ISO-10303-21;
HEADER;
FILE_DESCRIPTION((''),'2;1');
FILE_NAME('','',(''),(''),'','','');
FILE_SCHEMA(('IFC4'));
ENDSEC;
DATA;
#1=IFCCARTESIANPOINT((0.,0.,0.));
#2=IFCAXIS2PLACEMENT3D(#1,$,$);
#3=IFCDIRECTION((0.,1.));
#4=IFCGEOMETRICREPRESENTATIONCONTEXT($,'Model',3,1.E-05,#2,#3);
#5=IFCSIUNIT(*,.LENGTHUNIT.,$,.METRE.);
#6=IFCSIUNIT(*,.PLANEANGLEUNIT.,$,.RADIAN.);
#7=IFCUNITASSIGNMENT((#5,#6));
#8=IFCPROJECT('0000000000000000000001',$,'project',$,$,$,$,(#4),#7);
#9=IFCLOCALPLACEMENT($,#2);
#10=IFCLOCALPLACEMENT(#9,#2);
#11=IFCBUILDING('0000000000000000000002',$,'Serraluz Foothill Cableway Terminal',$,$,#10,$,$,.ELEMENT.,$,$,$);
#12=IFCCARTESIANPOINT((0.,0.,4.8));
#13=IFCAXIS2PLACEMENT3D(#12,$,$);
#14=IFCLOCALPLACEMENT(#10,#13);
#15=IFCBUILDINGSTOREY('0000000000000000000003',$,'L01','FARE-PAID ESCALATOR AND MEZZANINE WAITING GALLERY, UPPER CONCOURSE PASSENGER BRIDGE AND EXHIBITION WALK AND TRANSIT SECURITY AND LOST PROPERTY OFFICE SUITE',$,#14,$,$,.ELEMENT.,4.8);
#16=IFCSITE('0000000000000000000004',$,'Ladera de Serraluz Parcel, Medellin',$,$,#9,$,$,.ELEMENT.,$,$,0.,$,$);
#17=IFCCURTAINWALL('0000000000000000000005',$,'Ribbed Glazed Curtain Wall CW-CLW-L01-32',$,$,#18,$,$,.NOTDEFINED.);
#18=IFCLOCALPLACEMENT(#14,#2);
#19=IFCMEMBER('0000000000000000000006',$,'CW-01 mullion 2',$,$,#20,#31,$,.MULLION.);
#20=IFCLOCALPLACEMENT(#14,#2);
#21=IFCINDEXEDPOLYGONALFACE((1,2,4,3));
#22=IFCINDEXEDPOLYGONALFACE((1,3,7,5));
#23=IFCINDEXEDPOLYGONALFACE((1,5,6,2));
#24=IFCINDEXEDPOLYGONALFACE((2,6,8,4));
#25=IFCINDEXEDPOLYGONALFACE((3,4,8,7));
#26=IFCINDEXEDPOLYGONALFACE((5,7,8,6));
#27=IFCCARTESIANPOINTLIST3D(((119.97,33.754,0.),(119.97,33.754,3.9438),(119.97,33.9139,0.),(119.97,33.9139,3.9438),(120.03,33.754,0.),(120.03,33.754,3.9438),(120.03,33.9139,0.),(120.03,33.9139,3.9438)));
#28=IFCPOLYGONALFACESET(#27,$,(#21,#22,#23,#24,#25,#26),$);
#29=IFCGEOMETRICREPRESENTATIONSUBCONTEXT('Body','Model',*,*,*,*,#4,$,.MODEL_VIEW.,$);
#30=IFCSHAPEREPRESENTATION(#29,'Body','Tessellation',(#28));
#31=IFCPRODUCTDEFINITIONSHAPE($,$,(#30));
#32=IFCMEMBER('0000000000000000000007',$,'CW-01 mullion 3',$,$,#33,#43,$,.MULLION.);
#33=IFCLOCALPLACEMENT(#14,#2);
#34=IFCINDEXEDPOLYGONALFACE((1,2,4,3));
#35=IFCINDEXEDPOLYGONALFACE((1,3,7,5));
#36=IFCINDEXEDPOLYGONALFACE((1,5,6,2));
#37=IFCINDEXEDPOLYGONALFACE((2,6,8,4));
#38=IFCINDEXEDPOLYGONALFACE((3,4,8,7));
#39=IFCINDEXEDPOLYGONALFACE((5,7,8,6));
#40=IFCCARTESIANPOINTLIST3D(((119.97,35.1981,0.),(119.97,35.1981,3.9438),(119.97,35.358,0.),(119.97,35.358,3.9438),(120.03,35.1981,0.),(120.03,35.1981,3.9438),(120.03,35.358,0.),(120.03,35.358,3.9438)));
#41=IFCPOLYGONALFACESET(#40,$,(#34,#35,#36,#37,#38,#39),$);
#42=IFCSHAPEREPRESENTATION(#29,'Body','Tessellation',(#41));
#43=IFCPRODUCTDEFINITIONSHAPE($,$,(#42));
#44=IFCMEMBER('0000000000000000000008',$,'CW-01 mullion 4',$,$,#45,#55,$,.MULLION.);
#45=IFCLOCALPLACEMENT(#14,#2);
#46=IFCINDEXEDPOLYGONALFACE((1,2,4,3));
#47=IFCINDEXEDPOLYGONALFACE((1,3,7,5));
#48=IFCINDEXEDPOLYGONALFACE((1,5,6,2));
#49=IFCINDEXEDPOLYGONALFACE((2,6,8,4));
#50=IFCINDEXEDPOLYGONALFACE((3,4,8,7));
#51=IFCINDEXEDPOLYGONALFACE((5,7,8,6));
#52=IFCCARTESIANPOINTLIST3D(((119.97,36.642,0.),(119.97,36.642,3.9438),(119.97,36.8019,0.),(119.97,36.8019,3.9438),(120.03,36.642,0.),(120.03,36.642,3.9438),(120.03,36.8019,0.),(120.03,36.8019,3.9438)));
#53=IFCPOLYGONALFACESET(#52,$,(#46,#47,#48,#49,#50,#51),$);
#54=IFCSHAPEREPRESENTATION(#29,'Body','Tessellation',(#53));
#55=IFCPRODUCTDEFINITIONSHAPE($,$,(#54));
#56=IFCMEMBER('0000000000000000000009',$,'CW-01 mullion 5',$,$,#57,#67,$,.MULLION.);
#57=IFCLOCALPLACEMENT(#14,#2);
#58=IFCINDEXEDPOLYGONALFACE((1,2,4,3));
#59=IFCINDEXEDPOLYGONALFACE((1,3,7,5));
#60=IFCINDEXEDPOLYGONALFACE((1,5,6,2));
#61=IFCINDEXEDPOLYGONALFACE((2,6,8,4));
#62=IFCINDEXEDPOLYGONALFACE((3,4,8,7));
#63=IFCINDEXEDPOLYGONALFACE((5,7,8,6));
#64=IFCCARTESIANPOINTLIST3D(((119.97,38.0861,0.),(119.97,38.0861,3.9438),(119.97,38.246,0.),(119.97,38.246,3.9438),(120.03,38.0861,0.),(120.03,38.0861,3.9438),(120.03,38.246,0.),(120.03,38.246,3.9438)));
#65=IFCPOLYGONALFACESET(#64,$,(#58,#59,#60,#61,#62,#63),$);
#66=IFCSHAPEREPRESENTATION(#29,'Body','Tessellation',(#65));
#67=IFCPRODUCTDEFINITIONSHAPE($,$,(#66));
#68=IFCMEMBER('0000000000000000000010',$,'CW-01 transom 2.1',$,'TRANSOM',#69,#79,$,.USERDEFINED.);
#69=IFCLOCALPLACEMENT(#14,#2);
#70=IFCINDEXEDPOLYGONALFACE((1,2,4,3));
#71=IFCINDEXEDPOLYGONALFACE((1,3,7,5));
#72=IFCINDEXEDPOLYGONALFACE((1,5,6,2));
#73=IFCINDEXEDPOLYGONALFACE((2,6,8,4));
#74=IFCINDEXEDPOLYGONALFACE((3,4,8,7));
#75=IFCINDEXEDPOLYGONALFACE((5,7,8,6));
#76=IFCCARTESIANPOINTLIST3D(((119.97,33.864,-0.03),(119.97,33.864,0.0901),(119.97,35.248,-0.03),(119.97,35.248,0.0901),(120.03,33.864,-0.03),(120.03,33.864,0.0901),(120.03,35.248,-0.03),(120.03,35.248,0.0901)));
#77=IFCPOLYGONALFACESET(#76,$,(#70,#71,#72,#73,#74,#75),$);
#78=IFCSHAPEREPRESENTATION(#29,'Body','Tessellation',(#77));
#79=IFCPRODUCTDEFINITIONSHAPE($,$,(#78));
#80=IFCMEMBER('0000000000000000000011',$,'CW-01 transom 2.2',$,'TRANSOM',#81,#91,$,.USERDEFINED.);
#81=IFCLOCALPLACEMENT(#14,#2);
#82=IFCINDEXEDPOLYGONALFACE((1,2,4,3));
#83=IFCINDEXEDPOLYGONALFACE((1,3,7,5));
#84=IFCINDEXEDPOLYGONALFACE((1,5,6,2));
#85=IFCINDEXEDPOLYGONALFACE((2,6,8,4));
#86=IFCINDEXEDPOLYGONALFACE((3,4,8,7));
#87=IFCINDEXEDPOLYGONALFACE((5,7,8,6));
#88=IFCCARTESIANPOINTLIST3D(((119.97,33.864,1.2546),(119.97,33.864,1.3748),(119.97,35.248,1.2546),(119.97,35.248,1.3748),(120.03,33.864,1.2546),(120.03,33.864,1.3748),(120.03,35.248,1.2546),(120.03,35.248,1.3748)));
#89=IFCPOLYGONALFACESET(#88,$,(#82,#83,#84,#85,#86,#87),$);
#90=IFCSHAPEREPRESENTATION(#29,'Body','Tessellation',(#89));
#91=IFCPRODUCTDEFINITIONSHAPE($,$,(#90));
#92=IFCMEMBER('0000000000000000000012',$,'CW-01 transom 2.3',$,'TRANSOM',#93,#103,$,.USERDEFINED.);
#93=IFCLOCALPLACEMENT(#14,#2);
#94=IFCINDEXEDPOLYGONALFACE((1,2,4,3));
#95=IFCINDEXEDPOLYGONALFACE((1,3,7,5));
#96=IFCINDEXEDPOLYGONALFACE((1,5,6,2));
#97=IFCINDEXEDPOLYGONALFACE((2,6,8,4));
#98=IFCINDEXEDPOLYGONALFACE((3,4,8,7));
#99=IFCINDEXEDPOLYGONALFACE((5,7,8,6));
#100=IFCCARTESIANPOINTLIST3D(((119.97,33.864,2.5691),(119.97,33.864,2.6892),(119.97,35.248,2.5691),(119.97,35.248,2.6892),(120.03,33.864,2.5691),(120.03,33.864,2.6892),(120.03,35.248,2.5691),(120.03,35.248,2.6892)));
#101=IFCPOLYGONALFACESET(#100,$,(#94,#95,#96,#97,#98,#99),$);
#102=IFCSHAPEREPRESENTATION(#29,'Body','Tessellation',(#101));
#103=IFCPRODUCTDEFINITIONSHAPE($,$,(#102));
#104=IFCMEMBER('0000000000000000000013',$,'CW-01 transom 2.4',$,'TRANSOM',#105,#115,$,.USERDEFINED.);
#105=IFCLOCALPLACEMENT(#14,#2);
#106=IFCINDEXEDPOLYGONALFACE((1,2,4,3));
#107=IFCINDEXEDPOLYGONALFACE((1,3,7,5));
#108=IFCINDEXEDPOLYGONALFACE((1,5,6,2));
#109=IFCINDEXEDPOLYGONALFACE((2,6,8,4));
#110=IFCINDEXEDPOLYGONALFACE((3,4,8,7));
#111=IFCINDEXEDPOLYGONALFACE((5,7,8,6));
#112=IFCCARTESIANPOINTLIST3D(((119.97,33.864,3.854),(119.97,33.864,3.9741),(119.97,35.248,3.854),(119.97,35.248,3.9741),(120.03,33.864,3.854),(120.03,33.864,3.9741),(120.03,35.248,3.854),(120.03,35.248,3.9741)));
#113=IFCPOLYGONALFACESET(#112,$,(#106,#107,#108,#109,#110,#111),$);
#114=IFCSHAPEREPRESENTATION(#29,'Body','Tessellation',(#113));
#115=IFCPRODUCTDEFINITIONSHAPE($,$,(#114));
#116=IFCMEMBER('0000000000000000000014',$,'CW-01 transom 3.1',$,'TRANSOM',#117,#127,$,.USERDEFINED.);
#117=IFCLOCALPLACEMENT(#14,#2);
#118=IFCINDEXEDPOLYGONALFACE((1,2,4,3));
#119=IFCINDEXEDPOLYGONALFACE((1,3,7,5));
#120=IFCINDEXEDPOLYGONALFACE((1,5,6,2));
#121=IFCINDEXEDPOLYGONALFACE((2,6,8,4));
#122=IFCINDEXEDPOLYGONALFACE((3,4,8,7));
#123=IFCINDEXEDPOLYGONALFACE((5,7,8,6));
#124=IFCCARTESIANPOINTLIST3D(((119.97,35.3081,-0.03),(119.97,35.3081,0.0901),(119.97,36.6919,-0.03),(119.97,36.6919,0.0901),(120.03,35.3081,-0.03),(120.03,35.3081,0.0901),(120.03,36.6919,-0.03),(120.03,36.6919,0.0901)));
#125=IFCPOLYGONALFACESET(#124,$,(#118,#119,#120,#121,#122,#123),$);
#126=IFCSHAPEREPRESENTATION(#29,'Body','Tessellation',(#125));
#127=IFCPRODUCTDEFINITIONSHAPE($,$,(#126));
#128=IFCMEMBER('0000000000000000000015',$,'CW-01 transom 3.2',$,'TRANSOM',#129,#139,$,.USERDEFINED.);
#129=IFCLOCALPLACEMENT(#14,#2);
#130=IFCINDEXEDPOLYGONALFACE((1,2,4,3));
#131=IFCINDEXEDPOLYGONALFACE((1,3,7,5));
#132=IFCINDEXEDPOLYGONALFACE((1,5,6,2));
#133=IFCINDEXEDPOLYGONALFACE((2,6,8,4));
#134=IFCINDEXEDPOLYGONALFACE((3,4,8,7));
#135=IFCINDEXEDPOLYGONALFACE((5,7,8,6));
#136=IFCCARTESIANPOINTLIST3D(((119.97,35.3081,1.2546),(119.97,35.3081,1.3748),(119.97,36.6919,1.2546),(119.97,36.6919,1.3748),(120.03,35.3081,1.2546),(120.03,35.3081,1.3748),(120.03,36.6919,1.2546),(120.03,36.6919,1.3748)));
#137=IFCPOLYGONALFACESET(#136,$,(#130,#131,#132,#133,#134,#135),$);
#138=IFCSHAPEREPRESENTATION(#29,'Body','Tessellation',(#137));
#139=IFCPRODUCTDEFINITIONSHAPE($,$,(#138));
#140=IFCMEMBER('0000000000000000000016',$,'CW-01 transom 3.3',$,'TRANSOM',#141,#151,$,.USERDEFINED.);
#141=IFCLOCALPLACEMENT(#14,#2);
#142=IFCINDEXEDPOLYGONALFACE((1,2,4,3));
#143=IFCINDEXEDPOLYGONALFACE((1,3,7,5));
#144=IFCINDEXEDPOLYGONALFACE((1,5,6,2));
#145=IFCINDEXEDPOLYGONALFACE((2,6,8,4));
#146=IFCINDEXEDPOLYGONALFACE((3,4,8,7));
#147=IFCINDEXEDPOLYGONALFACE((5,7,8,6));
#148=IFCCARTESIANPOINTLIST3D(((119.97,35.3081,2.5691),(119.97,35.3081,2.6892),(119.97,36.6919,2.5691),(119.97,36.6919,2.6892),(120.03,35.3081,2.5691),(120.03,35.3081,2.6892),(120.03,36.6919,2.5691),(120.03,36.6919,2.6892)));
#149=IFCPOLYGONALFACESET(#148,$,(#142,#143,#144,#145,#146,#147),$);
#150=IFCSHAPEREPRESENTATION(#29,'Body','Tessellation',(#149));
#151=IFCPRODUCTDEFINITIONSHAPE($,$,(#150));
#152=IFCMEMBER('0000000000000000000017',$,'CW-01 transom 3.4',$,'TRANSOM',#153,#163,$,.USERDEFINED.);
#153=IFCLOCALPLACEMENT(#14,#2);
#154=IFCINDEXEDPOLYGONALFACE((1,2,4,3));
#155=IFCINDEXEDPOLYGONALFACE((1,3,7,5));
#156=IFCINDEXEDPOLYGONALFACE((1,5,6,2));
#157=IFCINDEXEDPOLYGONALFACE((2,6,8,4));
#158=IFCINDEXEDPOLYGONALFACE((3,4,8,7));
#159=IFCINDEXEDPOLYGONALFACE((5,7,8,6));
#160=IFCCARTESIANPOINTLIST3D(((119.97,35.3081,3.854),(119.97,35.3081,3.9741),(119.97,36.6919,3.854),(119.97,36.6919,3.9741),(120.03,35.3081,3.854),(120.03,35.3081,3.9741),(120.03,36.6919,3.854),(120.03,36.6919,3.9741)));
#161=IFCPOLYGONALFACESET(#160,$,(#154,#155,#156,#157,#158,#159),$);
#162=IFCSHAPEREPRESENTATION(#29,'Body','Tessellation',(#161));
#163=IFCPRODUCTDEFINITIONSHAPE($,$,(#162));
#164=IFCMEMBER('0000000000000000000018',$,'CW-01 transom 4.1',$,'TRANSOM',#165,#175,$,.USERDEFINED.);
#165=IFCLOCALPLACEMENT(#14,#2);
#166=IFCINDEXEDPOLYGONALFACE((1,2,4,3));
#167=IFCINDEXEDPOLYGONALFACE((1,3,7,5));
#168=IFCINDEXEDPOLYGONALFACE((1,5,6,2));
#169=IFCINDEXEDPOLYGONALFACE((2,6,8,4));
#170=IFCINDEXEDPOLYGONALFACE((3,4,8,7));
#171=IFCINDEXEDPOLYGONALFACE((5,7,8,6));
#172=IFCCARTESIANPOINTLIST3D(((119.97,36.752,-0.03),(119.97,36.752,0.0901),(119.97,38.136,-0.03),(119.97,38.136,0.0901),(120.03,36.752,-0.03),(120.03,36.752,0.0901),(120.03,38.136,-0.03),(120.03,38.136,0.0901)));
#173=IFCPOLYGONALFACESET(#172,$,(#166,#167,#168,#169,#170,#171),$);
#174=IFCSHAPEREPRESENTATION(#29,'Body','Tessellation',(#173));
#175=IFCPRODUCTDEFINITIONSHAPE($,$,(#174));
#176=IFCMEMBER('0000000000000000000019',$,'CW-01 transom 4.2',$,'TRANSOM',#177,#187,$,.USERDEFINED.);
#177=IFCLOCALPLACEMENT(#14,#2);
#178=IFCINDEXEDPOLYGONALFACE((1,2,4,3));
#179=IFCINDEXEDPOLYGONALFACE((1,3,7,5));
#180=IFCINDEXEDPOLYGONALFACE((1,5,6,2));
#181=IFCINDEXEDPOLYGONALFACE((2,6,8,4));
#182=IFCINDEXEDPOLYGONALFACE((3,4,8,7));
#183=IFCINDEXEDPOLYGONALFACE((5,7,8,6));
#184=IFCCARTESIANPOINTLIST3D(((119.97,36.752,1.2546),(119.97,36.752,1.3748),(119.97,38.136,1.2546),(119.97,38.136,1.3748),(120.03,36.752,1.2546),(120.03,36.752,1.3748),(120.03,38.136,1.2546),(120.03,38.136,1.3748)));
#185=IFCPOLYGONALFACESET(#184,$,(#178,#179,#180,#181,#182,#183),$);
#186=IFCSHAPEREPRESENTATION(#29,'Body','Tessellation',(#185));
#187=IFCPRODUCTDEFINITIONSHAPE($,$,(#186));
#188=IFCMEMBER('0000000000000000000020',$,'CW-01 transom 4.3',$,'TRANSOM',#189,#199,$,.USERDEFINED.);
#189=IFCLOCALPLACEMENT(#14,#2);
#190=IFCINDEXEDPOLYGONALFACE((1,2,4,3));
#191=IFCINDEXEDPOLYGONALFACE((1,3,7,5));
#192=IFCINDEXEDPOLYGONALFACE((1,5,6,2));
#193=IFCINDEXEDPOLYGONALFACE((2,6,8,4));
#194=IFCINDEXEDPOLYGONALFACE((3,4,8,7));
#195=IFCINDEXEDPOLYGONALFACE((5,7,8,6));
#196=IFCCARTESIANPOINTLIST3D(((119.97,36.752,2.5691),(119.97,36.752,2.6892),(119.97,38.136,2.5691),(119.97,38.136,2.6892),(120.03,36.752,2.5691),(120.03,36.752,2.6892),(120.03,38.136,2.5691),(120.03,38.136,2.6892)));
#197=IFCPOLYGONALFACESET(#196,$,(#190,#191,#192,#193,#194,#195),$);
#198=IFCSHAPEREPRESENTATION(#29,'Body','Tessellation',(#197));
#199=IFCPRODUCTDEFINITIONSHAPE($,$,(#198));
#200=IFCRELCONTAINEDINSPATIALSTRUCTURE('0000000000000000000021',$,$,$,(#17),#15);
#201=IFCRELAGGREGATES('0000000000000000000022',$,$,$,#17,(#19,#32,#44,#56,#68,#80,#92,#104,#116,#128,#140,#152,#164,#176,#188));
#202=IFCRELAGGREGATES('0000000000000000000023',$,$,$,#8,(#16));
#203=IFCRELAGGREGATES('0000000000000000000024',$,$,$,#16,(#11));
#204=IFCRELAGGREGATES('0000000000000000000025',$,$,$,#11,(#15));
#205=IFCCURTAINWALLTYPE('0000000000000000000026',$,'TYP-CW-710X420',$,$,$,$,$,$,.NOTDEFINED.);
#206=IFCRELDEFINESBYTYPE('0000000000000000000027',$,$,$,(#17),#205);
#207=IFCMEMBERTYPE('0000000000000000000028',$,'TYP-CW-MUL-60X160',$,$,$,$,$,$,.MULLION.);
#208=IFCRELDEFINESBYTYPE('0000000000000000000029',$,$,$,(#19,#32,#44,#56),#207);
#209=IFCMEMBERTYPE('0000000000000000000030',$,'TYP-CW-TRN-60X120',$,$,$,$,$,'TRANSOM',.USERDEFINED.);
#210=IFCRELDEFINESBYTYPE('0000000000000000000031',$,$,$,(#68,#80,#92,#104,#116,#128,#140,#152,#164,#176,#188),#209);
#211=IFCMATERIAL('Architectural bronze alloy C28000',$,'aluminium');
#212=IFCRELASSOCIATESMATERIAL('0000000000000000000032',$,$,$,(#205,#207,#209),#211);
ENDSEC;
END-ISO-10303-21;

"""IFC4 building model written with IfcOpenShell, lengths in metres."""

from ifc_helpers import new_model, si_unit, direction, frame, origin, origin_2d, place, context, subcontext, project, spatial, rectangle, extrude, material, material_profile, profile_set, type_object, element, aggregate, save


model = new_model("IFC4")

# Units and contexts
model_context = context("Model", 3, precision=1e-05, world=origin(), true_north=direction((0.0, 1.0)))
body_context = subcontext(model_context, "Body", "Model", "MODEL_VIEW")
ifc_project = project(units=[si_unit("LENGTHUNIT", "METRE"), si_unit("PLANEANGLEUNIT", "RADIAN")], contexts=[model_context])

# Site, building, storey
site_placement = place(None, origin())
site = spatial("IfcSite", under=ifc_project, at=site_placement, Name="Ladera de Serraluz Parcel, Medellin", CompositionType="ELEMENT", RefElevation=0.0)
building_placement = place(site_placement, origin())
building = spatial("IfcBuilding", under=site, at=building_placement, Name="Serraluz Foothill Cableway Terminal", CompositionType="ELEMENT")
storey_placement = place(building_placement, frame((0.0, 0.0, 4.8)))
storey = spatial("IfcBuildingStorey", under=building, at=storey_placement, Name="L01", Description="FARE-PAID ESCALATOR AND MEZZANINE WAITING GALLERY, UPPER CONCOURSE PASSENGER BRIDGE AND EXHIBITION WALK AND TRANSIT SECURITY AND LOST PROPERTY OFFICE SUITE", CompositionType="ELEMENT", Elevation=4.8)

# Curtain wall, members
ifc_material_1 = material(Name="Architectural bronze alloy C28000", Category="aluminium")
curtain_wall_type = type_object("IfcCurtainWallType", Name="TYP-CW-710X420", PredefinedType="NOTDEFINED", material=ifc_material_1)
curtain_wall_placement = place(storey_placement, origin())
curtain_wall = element("IfcCurtainWall", 1, at=curtain_wall_placement, inside=storey, type_object=curtain_wall_type, Name="Ribbed Glazed Curtain Wall CW-CLW-L01-32", PredefinedType="NOTDEFINED")
ifc_material_profile_1 = material_profile(ifc_material_1, rectangle(XDim=0.0601, YDim=0.1599, at=origin_2d()), Name="ALU MULLION 60x160")
ifc_profile_set_1 = profile_set([ifc_material_profile_1], Name="Architectural bronze alloy C28000")
member_type_1 = type_object("IfcMemberType", Name="TYP-CW-MUL-60X160", PredefinedType="MULLION", material=ifc_profile_set_1)
member_1_placement = place(storey_placement, frame((120.0, 33.834, 0.0), z_axis=(0.0, 0.0, 1.0), x_axis=(-1.0, 0.0, 0.0)))
member_1 = element("IfcMember", 2, at=member_1_placement, type_object=member_type_1, Name="CW-01 mullion 2", PredefinedType="MULLION", context=body_context, shape_type="SweptSolid", body=[
    extrude(rectangle(XDim=0.0601, YDim=0.1599, at=origin_2d()), origin(), (0.0, 0.0, 1.0), 3.9438),
])
member_2_placement = place(storey_placement, frame((120.0, 35.2781, 0.0), z_axis=(0.0, 0.0, 1.0), x_axis=(-1.0, 0.0, 0.0)))
member_2 = element("IfcMember", 3, at=member_2_placement, type_object=member_type_1, Name="CW-01 mullion 3", PredefinedType="MULLION", context=body_context, shape_type="SweptSolid", body=[
    extrude(rectangle(XDim=0.0601, YDim=0.1599, at=origin_2d()), origin(), (0.0, 0.0, 1.0), 3.9438),
])
member_3_placement = place(storey_placement, frame((120.0, 36.7219, 0.0), z_axis=(0.0, 0.0, 1.0), x_axis=(-1.0, 0.0, 0.0)))
member_3 = element("IfcMember", 4, at=member_3_placement, type_object=member_type_1, Name="CW-01 mullion 4", PredefinedType="MULLION", context=body_context, shape_type="SweptSolid", body=[
    extrude(rectangle(XDim=0.0601, YDim=0.1599, at=origin_2d()), origin(), (0.0, 0.0, 1.0), 3.9438),
])
member_4_placement = place(storey_placement, frame((120.0, 38.166, 0.0), z_axis=(0.0, 0.0, 1.0), x_axis=(-1.0, 0.0, 0.0)))
member_4 = element("IfcMember", 5, at=member_4_placement, type_object=member_type_1, Name="CW-01 mullion 5", PredefinedType="MULLION", context=body_context, shape_type="SweptSolid", body=[
    extrude(rectangle(XDim=0.0601, YDim=0.1599, at=origin_2d()), origin(), (0.0, 0.0, 1.0), 3.9438),
])
ifc_material_profile_2 = material_profile(ifc_material_1, rectangle(XDim=0.0601, YDim=0.1201, at=origin_2d()), Name="ALU TRANSOM 60x120")
ifc_profile_set_2 = profile_set([ifc_material_profile_2], Name="Architectural bronze alloy C28000")
member_type_2 = type_object("IfcMemberType", Name="TYP-CW-TRN-60X120", ElementType="TRANSOM", PredefinedType="USERDEFINED", material=ifc_profile_set_2)
member_5_placement = place(storey_placement, frame((120.0, 33.864, 0.03), z_axis=(0.0, 1.0, 0.0), x_axis=(-1.0, 0.0, 0.0)))
member_5 = element("IfcMember", 6, at=member_5_placement, type_object=member_type_2, Name="CW-01 transom 2.1", ObjectType="TRANSOM", PredefinedType="USERDEFINED", context=body_context, shape_type="SweptSolid", body=[
    extrude(rectangle(XDim=0.0601, YDim=0.1201, at=origin_2d()), origin(), (0.0, 0.0, 1.0), 1.384),
])
member_6_placement = place(storey_placement, frame((120.0, 33.864, 1.3147), z_axis=(0.0, 1.0, 0.0), x_axis=(-1.0, 0.0, 0.0)))
member_6 = element("IfcMember", 7, at=member_6_placement, type_object=member_type_2, Name="CW-01 transom 2.2", ObjectType="TRANSOM", PredefinedType="USERDEFINED", context=body_context, shape_type="SweptSolid", body=[
    extrude(rectangle(XDim=0.0601, YDim=0.1201, at=origin_2d()), origin(), (0.0, 0.0, 1.0), 1.384),
])
member_7_placement = place(storey_placement, frame((120.0, 33.864, 2.6292), z_axis=(0.0, 1.0, 0.0), x_axis=(-1.0, 0.0, 0.0)))
member_7 = element("IfcMember", 8, at=member_7_placement, type_object=member_type_2, Name="CW-01 transom 2.3", ObjectType="TRANSOM", PredefinedType="USERDEFINED", context=body_context, shape_type="SweptSolid", body=[
    extrude(rectangle(XDim=0.0601, YDim=0.1201, at=origin_2d()), origin(), (0.0, 0.0, 1.0), 1.384),
])
member_8_placement = place(storey_placement, frame((120.0, 33.864, 3.9141), z_axis=(0.0, 1.0, 0.0), x_axis=(-1.0, 0.0, 0.0)))
member_8 = element("IfcMember", 9, at=member_8_placement, type_object=member_type_2, Name="CW-01 transom 2.4", ObjectType="TRANSOM", PredefinedType="USERDEFINED", context=body_context, shape_type="SweptSolid", body=[
    extrude(rectangle(XDim=0.0601, YDim=0.1201, at=origin_2d()), origin(), (0.0, 0.0, 1.0), 1.384),
])
member_9_placement = place(storey_placement, frame((120.0, 35.3081, 0.03), z_axis=(0.0, 1.0, 0.0), x_axis=(-1.0, 0.0, 0.0)))
member_9 = element("IfcMember", 10, at=member_9_placement, type_object=member_type_2, Name="CW-01 transom 3.1", ObjectType="TRANSOM", PredefinedType="USERDEFINED", context=body_context, shape_type="SweptSolid", body=[
    extrude(rectangle(XDim=0.0601, YDim=0.1201, at=origin_2d()), origin(), (0.0, 0.0, 1.0), 1.3838),
])
member_10_placement = place(storey_placement, frame((120.0, 35.3081, 1.3147), z_axis=(0.0, 1.0, 0.0), x_axis=(-1.0, 0.0, 0.0)))
member_10 = element("IfcMember", 11, at=member_10_placement, type_object=member_type_2, Name="CW-01 transom 3.2", ObjectType="TRANSOM", PredefinedType="USERDEFINED", context=body_context, shape_type="SweptSolid", body=[
    extrude(rectangle(XDim=0.0601, YDim=0.1201, at=origin_2d()), origin(), (0.0, 0.0, 1.0), 1.3838),
])
member_11_placement = place(storey_placement, frame((120.0, 35.3081, 2.6292), z_axis=(0.0, 1.0, 0.0), x_axis=(-1.0, 0.0, 0.0)))
member_11 = element("IfcMember", 12, at=member_11_placement, type_object=member_type_2, Name="CW-01 transom 3.3", ObjectType="TRANSOM", PredefinedType="USERDEFINED", context=body_context, shape_type="SweptSolid", body=[
    extrude(rectangle(XDim=0.0601, YDim=0.1201, at=origin_2d()), origin(), (0.0, 0.0, 1.0), 1.3838),
])
member_12_placement = place(storey_placement, frame((120.0, 35.3081, 3.9141), z_axis=(0.0, 1.0, 0.0), x_axis=(-1.0, 0.0, 0.0)))
member_12 = element("IfcMember", 13, at=member_12_placement, type_object=member_type_2, Name="CW-01 transom 3.4", ObjectType="TRANSOM", PredefinedType="USERDEFINED", context=body_context, shape_type="SweptSolid", body=[
    extrude(rectangle(XDim=0.0601, YDim=0.1201, at=origin_2d()), origin(), (0.0, 0.0, 1.0), 1.3838),
])
member_13_placement = place(storey_placement, frame((120.0, 36.752, 0.03), z_axis=(0.0, 1.0, 0.0), x_axis=(-1.0, 0.0, 0.0)))
member_13 = element("IfcMember", 14, at=member_13_placement, type_object=member_type_2, Name="CW-01 transom 4.1", ObjectType="TRANSOM", PredefinedType="USERDEFINED", context=body_context, shape_type="SweptSolid", body=[
    extrude(rectangle(XDim=0.0601, YDim=0.1201, at=origin_2d()), origin(), (0.0, 0.0, 1.0), 1.384),
])
member_14_placement = place(storey_placement, frame((120.0, 36.752, 1.3147), z_axis=(0.0, 1.0, 0.0), x_axis=(-1.0, 0.0, 0.0)))
member_14 = element("IfcMember", 15, at=member_14_placement, type_object=member_type_2, Name="CW-01 transom 4.2", ObjectType="TRANSOM", PredefinedType="USERDEFINED", context=body_context, shape_type="SweptSolid", body=[
    extrude(rectangle(XDim=0.0601, YDim=0.1201, at=origin_2d()), origin(), (0.0, 0.0, 1.0), 1.384),
])
member_15_placement = place(storey_placement, frame((120.0, 36.752, 2.6292), z_axis=(0.0, 1.0, 0.0), x_axis=(-1.0, 0.0, 0.0)))
member_15 = element("IfcMember", 16, at=member_15_placement, type_object=member_type_2, Name="CW-01 transom 4.3", ObjectType="TRANSOM", PredefinedType="USERDEFINED", context=body_context, shape_type="SweptSolid", body=[
    extrude(rectangle(XDim=0.0601, YDim=0.1201, at=origin_2d()), origin(), (0.0, 0.0, 1.0), 1.384),
])
aggregate(curtain_wall, [member_1, member_2, member_3, member_4, member_5, member_6, member_7, member_8, member_9, member_10, member_11, member_12, member_13, member_14, member_15])

save(model, "model.ifc")
